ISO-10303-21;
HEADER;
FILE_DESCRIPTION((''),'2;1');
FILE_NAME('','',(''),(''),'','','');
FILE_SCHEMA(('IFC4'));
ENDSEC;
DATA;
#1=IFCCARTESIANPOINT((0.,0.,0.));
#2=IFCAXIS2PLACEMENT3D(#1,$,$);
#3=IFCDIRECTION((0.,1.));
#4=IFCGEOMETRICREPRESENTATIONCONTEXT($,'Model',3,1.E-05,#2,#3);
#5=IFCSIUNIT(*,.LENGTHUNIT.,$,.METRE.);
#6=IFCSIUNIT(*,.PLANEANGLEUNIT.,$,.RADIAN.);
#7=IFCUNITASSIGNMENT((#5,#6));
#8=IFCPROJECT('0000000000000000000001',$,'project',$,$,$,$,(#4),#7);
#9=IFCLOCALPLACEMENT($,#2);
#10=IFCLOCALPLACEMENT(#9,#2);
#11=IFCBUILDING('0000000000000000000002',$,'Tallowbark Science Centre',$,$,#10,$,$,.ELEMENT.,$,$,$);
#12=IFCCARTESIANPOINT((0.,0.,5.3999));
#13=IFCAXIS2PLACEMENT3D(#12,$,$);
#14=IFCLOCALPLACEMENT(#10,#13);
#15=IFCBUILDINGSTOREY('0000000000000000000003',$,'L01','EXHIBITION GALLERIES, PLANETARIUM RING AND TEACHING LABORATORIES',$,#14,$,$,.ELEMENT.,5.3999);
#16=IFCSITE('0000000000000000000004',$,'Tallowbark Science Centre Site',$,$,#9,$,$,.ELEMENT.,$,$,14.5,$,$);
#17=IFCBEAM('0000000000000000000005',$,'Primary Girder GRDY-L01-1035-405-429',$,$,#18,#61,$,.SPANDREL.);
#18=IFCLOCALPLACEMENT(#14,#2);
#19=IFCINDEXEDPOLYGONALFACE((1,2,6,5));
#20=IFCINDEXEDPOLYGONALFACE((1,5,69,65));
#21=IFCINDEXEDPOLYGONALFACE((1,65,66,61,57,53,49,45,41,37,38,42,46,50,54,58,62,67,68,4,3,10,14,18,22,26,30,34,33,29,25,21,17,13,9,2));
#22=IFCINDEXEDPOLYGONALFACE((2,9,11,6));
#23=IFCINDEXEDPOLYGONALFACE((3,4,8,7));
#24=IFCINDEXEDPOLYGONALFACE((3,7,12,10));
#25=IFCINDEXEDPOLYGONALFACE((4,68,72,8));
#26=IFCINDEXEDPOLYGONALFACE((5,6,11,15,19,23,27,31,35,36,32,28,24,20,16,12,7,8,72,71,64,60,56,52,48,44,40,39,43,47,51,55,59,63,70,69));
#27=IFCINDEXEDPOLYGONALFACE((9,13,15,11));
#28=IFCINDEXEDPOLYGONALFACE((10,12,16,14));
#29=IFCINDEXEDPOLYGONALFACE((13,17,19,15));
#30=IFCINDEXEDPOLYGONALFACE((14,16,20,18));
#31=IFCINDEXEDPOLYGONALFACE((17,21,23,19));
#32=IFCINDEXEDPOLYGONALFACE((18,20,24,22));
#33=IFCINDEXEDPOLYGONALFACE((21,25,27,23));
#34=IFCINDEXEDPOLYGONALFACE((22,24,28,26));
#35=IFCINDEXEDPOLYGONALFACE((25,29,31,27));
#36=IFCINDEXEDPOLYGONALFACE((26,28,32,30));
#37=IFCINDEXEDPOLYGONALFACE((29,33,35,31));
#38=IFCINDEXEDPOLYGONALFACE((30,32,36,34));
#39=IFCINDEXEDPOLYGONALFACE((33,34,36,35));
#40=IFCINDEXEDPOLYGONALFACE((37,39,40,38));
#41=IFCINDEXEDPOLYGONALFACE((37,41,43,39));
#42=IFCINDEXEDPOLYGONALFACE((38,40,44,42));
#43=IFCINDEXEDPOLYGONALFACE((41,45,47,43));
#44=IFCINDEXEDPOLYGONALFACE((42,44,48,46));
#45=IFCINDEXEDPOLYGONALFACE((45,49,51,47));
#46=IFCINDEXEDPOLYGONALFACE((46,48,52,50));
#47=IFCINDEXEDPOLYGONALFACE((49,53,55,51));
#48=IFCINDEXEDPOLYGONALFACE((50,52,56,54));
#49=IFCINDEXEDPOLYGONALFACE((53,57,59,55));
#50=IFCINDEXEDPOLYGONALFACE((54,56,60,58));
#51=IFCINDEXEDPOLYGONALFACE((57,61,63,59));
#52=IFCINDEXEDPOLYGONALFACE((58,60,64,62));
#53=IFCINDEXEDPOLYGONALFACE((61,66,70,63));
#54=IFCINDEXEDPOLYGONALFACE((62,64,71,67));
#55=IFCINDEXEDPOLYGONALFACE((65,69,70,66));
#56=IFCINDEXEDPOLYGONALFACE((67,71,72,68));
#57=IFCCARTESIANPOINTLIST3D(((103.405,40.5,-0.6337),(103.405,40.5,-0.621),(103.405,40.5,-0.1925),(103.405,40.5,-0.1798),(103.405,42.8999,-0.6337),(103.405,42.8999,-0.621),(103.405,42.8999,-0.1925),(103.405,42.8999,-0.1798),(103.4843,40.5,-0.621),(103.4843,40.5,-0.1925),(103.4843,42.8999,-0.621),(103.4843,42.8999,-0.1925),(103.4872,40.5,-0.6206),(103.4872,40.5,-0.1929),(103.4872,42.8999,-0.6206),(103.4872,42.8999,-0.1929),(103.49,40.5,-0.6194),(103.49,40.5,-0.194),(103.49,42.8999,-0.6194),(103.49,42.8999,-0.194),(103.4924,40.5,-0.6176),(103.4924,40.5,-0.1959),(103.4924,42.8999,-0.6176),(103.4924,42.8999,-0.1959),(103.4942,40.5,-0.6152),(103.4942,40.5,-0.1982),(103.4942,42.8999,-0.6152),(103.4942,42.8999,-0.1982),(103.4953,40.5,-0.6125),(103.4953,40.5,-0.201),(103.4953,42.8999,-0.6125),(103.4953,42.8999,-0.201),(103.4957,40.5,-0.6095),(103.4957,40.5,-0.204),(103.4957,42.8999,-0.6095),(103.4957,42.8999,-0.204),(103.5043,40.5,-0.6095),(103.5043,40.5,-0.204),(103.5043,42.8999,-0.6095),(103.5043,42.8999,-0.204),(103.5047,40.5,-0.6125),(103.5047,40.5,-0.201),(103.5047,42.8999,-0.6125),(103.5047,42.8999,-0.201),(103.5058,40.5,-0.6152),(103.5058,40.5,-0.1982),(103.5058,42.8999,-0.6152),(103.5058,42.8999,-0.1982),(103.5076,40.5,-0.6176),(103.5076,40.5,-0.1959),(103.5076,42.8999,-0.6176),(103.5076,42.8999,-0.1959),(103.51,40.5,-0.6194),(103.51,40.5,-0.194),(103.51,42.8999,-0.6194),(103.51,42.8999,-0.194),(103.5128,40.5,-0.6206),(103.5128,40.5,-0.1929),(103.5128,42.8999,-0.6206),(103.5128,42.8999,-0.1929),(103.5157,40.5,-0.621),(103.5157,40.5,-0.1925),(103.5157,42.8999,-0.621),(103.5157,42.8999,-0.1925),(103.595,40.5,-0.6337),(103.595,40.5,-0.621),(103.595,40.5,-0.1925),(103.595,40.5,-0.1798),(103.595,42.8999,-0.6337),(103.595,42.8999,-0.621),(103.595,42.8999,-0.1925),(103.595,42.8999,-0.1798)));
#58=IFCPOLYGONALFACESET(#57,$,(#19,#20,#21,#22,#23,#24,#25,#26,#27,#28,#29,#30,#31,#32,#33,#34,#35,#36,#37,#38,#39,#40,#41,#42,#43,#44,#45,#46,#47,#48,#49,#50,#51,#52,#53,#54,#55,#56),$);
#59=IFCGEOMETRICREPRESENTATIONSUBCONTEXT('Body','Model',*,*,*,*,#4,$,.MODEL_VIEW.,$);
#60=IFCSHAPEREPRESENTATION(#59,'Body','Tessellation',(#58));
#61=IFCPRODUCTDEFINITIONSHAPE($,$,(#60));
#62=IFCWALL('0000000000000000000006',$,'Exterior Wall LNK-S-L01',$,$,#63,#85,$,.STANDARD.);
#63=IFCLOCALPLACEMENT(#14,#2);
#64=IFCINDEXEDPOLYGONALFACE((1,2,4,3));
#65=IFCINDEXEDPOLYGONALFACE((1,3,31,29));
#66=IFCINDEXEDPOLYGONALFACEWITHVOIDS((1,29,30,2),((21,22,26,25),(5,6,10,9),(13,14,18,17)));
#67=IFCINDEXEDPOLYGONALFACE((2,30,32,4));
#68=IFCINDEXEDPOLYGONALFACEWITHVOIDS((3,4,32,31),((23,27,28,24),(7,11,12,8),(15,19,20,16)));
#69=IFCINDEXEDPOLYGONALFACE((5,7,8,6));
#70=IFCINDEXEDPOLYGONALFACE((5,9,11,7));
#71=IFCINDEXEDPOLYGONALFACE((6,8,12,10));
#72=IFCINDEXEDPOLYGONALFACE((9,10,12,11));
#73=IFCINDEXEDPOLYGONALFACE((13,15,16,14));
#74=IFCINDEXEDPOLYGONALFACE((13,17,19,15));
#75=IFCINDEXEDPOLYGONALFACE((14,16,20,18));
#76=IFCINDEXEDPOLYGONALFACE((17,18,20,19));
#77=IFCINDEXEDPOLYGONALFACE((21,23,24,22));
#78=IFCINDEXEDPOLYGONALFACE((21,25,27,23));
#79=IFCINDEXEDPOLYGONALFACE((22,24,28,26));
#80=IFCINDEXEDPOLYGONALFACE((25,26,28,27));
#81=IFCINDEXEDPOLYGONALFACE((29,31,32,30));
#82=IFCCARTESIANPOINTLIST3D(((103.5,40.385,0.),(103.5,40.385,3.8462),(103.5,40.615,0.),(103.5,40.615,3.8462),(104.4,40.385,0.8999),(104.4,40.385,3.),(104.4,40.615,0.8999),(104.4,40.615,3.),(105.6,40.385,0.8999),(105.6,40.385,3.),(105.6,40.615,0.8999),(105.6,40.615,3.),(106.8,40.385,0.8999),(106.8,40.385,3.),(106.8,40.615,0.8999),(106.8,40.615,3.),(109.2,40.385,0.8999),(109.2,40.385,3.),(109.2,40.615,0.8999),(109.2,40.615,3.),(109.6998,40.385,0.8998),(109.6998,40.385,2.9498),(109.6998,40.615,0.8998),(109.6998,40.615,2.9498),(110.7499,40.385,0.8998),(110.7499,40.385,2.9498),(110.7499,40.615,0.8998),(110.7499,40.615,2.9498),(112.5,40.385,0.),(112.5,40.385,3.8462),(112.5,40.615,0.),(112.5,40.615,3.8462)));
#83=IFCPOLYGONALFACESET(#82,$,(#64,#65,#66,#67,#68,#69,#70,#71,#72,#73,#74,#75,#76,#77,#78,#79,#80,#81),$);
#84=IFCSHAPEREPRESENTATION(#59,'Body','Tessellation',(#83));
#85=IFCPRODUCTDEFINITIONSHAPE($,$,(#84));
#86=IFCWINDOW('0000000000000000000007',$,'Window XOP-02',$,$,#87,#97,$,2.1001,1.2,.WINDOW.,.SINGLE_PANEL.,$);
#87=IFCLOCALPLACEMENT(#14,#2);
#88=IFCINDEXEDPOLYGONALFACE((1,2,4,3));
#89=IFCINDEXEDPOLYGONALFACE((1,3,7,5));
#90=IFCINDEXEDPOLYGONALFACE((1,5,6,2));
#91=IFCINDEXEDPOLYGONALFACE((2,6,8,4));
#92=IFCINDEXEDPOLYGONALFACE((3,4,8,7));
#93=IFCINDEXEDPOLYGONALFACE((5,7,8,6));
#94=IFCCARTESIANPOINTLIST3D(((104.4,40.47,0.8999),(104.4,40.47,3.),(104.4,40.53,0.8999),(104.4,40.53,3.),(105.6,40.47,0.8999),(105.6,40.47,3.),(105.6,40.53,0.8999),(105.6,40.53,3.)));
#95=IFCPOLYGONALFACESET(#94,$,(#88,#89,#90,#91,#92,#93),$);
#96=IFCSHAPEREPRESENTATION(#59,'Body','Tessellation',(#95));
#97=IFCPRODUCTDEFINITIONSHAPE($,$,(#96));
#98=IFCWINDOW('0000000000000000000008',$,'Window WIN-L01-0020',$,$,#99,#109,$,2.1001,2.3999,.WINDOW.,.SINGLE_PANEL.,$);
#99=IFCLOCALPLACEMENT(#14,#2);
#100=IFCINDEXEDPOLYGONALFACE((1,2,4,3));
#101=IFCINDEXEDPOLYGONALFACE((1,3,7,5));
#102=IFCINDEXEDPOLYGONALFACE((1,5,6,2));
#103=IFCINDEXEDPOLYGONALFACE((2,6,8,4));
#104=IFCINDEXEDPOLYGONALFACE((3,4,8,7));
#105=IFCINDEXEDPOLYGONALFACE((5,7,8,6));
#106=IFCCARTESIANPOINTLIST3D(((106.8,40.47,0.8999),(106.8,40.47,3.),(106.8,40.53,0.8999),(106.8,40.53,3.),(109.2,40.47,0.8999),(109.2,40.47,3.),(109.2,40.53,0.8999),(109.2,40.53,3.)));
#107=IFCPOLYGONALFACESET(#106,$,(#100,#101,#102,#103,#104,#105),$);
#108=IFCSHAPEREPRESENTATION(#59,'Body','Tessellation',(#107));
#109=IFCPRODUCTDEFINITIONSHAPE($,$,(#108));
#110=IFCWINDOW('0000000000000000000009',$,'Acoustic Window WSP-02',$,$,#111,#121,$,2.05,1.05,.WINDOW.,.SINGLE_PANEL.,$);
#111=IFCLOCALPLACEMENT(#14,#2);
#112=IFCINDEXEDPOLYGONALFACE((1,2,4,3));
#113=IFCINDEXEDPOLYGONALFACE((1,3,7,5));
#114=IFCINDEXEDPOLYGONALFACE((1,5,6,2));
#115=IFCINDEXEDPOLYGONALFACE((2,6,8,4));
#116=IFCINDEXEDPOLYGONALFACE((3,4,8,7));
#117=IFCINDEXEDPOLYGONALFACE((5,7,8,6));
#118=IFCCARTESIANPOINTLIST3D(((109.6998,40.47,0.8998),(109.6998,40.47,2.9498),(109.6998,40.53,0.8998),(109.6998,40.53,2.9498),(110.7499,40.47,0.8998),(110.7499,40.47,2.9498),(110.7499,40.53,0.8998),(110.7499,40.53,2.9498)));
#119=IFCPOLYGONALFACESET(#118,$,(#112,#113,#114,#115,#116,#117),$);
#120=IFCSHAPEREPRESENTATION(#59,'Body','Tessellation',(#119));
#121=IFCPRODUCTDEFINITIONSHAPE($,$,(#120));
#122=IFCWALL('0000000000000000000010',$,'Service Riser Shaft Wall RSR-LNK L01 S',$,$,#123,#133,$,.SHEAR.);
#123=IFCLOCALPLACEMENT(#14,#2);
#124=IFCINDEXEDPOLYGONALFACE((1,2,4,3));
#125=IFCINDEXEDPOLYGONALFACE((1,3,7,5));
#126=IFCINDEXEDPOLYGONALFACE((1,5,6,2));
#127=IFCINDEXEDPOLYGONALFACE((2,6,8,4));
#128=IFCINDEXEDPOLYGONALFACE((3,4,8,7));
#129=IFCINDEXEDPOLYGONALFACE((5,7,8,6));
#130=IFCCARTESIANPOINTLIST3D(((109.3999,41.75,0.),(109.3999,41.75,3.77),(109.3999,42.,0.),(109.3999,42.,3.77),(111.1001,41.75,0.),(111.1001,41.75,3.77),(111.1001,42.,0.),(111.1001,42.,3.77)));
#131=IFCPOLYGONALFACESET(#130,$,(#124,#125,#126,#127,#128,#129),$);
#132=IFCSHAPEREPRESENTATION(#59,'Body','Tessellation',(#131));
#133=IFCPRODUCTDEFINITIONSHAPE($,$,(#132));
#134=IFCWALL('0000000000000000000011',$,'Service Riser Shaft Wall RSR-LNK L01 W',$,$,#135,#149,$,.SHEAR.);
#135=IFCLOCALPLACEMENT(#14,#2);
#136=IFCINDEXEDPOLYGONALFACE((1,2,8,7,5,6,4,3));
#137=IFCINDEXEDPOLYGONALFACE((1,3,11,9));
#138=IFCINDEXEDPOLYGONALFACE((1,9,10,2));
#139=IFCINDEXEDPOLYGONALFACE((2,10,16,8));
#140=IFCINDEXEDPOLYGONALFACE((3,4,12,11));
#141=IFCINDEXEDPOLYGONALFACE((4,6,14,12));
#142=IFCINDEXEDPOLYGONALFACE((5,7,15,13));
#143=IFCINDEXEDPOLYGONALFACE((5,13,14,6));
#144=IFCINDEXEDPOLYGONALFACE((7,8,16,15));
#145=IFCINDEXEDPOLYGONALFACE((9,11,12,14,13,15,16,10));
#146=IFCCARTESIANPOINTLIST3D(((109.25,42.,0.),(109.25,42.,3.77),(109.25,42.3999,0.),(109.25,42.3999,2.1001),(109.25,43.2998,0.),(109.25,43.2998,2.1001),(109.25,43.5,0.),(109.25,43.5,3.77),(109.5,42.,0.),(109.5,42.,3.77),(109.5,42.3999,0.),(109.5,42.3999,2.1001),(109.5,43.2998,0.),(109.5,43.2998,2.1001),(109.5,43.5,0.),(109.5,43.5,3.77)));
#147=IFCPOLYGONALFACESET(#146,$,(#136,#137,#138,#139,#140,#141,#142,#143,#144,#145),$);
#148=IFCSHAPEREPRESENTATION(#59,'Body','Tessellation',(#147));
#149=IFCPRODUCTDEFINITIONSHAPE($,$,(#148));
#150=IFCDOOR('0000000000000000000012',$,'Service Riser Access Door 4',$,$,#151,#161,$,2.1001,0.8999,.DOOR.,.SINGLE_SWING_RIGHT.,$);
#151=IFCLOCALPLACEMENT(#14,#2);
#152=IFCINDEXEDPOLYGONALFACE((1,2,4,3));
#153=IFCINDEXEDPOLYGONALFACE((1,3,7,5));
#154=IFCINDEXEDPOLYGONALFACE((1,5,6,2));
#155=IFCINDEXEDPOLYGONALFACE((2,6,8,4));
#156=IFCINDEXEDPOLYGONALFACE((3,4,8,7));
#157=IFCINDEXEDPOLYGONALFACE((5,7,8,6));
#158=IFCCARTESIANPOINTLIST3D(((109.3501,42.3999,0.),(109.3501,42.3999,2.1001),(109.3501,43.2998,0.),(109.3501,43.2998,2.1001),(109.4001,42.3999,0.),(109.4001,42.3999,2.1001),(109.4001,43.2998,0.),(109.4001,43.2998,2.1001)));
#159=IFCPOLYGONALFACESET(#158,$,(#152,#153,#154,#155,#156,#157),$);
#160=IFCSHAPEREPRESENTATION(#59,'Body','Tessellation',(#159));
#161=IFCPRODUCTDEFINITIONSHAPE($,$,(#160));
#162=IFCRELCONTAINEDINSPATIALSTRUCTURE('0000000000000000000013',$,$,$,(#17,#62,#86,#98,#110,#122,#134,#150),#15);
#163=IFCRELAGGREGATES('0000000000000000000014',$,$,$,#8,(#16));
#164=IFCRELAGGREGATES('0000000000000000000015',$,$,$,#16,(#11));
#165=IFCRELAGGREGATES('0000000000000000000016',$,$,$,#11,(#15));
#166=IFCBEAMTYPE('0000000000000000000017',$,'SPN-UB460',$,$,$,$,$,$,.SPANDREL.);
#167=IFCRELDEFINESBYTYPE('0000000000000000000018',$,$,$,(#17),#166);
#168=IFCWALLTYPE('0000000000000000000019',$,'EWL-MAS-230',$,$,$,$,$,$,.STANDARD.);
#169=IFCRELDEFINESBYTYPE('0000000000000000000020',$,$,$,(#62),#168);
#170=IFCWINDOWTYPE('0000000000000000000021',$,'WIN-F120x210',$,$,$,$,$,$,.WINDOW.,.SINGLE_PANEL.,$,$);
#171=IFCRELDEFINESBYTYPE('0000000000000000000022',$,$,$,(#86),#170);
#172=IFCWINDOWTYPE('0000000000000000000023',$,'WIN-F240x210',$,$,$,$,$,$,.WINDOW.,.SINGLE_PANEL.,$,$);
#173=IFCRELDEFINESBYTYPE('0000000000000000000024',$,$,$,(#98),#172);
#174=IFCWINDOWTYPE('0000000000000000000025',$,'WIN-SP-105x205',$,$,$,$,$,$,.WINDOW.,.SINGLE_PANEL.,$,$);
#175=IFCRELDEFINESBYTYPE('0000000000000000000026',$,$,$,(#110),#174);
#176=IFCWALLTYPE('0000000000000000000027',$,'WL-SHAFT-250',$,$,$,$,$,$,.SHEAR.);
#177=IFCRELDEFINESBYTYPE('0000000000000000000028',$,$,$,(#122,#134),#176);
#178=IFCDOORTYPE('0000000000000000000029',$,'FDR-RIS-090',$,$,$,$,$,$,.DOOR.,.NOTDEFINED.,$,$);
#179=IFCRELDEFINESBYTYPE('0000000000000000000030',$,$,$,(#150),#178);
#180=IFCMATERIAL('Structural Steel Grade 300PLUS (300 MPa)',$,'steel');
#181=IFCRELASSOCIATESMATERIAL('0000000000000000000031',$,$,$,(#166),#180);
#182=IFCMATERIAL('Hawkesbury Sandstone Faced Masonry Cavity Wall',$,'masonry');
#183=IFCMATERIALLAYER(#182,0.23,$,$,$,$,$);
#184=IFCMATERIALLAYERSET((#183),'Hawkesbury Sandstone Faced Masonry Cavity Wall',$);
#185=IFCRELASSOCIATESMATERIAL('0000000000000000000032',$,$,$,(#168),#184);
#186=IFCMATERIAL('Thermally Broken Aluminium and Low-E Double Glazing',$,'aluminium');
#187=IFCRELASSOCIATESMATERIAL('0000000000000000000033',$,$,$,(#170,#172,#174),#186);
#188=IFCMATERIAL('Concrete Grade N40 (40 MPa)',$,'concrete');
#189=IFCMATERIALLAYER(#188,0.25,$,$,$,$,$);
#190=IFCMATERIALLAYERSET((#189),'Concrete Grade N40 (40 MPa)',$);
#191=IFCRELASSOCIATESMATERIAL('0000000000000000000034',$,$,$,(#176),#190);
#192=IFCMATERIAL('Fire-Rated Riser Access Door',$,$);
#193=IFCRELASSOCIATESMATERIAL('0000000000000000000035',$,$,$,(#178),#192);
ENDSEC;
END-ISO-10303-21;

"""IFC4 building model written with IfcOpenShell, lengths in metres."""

from ifc_helpers import new_model, si_unit, direction, frame, frame_2d, origin, origin_2d, place, context, subcontext, project, spatial, rectangle, i_section, extrude, material, layer, layer_set, material_profile, profile_set, type_object, element, fill, save


model = new_model("IFC4")

# Units and contexts
model_context = context("Model", 3, precision=1e-05, world=origin(), true_north=direction((0.0, 1.0)))
body_context = subcontext(model_context, "Body", "Model", "MODEL_VIEW")
ifc_project = project(units=[si_unit("LENGTHUNIT", "METRE"), si_unit("PLANEANGLEUNIT", "RADIAN")], contexts=[model_context])

# Site, building, storey
site_placement = place(None, origin())
site = spatial("IfcSite", under=ifc_project, at=site_placement, Name="Tallowbark Science Centre Site", CompositionType="ELEMENT", RefElevation=14.5)
building_placement = place(site_placement, origin())
building = spatial("IfcBuilding", under=site, at=building_placement, Name="Tallowbark Science Centre", CompositionType="ELEMENT")
storey_placement = place(building_placement, frame((0.0, 0.0, 5.3999)))
storey = spatial("IfcBuildingStorey", under=building, at=storey_placement, Name="L01", Description="EXHIBITION GALLERIES, PLANETARIUM RING AND TEACHING LABORATORIES", CompositionType="ELEMENT", Elevation=5.3999)

# Shared definitions
ifc_material_1 = material(Name="Structural Steel Grade 300PLUS (300 MPa)", Category="steel")

# Beam
ifc_material_profile_1 = material_profile(ifc_material_1, i_section(OverallWidth=0.1899, OverallDepth=0.4539, WebThickness=0.0085, FlangeThickness=0.0127, FilletRadius=0.0115, at=origin_2d()), Name="460UB67.1")
ifc_profile_set_1 = profile_set([ifc_material_profile_1], Name="Structural Steel Grade 300PLUS (300 MPa)")
beam_type_1 = type_object("IfcBeamType", Name="SPN-UB460", PredefinedType="SPANDREL", material=ifc_profile_set_1)
beam_1_placement = place(storey_placement, frame((103.5, 40.5, -0.4067), z_axis=(0.0, 1.0, 0.0), x_axis=(-1.0, 0.0, 0.0)))
element("IfcBeam", 1, at=beam_1_placement, inside=storey, type_object=beam_type_1, Name="Primary Girder GRDY-L01-1035-405-429", PredefinedType="SPANDREL", context=body_context, shape_type="SweptSolid", body=[
    extrude(i_section(OverallWidth=0.1899, OverallDepth=0.4539, WebThickness=0.0085, FlangeThickness=0.0127, FilletRadius=0.0115, at=origin_2d()), origin(), (0.0, 0.0, 1.0), 2.3999),
])

# Wall, openings, windows
ifc_material_2 = material(Name="Hawkesbury Sandstone Faced Masonry Cavity Wall", Category="masonry")
ifc_layer_1 = layer(ifc_material_2, 0.23)
ifc_layer_set_1 = layer_set([ifc_layer_1], Name="Hawkesbury Sandstone Faced Masonry Cavity Wall")
wall_type_1 = type_object("IfcWallType", Name="EWL-MAS-230", PredefinedType="STANDARD", material=ifc_layer_set_1)
wall_1_placement = place(storey_placement, frame((103.5, 40.5, 0.0), z_axis=(0.0, 0.0, 1.0), x_axis=(1.0, 0.0, 0.0)))
wall_1 = element("IfcWall", 2, at=wall_1_placement, inside=storey, type_object=wall_type_1, Name="Exterior Wall LNK-S-L01", PredefinedType="STANDARD", context=body_context, shape_type="SweptSolid", body=[
    extrude(rectangle(XDim=9.0, YDim=0.23, at=frame_2d((4.5, 0.0))), origin(), (0.0, 0.0, 1.0), 3.8462),
])
opening_1_placement = place(wall_1_placement, frame((3.3, 0.0, 0.8999)))
opening_1 = element("IfcOpeningElement", 3, at=opening_1_placement, cuts=wall_1, PredefinedType="OPENING", context=body_context, shape_type="SweptSolid", body=[
    extrude(rectangle(XDim=2.3999, YDim=2.1001, at=frame_2d((1.2, 1.05))), frame((0.0, 0.125, 0.0), z_axis=(0.0, -1.0, 0.0), x_axis=(1.0, 0.0, 0.0)), (0.0, 0.0, 1.0), 0.25),
])
opening_2_placement = place(wall_1_placement, frame((0.8999, 0.0, 0.8999)))
opening_2 = element("IfcOpeningElement", 4, at=opening_2_placement, cuts=wall_1, PredefinedType="OPENING", context=body_context, shape_type="SweptSolid", body=[
    extrude(rectangle(XDim=1.2, YDim=2.1001, at=frame_2d((0.6001, 1.05))), frame((0.0, 0.125, 0.0), z_axis=(0.0, -1.0, 0.0), x_axis=(1.0, 0.0, 0.0)), (0.0, 0.0, 1.0), 0.25),
])
opening_3_placement = place(wall_1_placement, frame((6.2, 0.0, 0.8999)))
opening_3 = element("IfcOpeningElement", 5, at=opening_3_placement, cuts=wall_1, PredefinedType="OPENING", context=body_context, shape_type="SweptSolid", body=[
    extrude(rectangle(XDim=1.05, YDim=2.05, at=frame_2d((0.5249, 1.0249))), frame((0.0, 0.125, 0.0), z_axis=(0.0, -1.0, 0.0), x_axis=(1.0, 0.0, 0.0)), (0.0, 0.0, 1.0), 0.25),
])
ifc_material_3 = material(Name="Thermally Broken Aluminium and Low-E Double Glazing", Category="aluminium")
window_type_1 = type_object("IfcWindowType", Name="WIN-F120x210", PartitioningType="SINGLE_PANEL", PredefinedType="WINDOW", material=ifc_material_3)
window_1_placement = place(opening_2_placement, origin())
window_1 = element("IfcWindow", 6, at=window_1_placement, inside=storey, type_object=window_type_1, Name="Window XOP-02", OverallHeight=2.1001, OverallWidth=1.2, PartitioningType="SINGLE_PANEL", PredefinedType="WINDOW", context=body_context, shape_type="SweptSolid", body=[
    extrude(rectangle(XDim=1.2, YDim=2.1001, at=frame_2d((0.6001, 1.05))), frame((0.0, 0.03, 0.0), z_axis=(0.0, -1.0, 0.0), x_axis=(1.0, 0.0, 0.0)), (0.0, 0.0, 1.0), 0.0601),
])
fill(opening_2, window_1)
window_type_2 = type_object("IfcWindowType", Name="WIN-F240x210", PartitioningType="SINGLE_PANEL", PredefinedType="WINDOW", material=ifc_material_3)
window_2_placement = place(opening_1_placement, origin())
window_2 = element("IfcWindow", 7, at=window_2_placement, inside=storey, type_object=window_type_2, Name="Window WIN-L01-0020", OverallHeight=2.1001, OverallWidth=2.3999, PartitioningType="SINGLE_PANEL", PredefinedType="WINDOW", context=body_context, shape_type="SweptSolid", body=[
    extrude(rectangle(XDim=2.3999, YDim=2.1001, at=frame_2d((1.2, 1.05))), frame((0.0, 0.03, 0.0), z_axis=(0.0, -1.0, 0.0), x_axis=(1.0, 0.0, 0.0)), (0.0, 0.0, 1.0), 0.0601),
])
fill(opening_1, window_2)
window_type_3 = type_object("IfcWindowType", Name="WIN-SP-105x205", PartitioningType="SINGLE_PANEL", PredefinedType="WINDOW", material=ifc_material_3)
window_3_placement = place(opening_3_placement, origin())
window_3 = element("IfcWindow", 8, at=window_3_placement, inside=storey, type_object=window_type_3, Name="Acoustic Window WSP-02", OverallHeight=2.05, OverallWidth=1.05, PartitioningType="SINGLE_PANEL", PredefinedType="WINDOW", context=body_context, shape_type="SweptSolid", body=[
    extrude(rectangle(XDim=1.05, YDim=2.05, at=frame_2d((0.5249, 1.0249))), frame((0.0, 0.03, 0.0), z_axis=(0.0, -1.0, 0.0), x_axis=(1.0, 0.0, 0.0)), (0.0, 0.0, 1.0), 0.0601),
])
fill(opening_3, window_3)

# Wall
ifc_material_4 = material(Name="Concrete Grade N40 (40 MPa)", Category="concrete")
ifc_layer_2 = layer(ifc_material_4, 0.25)
ifc_layer_set_2 = layer_set([ifc_layer_2], Name="Concrete Grade N40 (40 MPa)")
wall_type_2 = type_object("IfcWallType", Name="WL-SHAFT-250", PredefinedType="SHEAR", material=ifc_layer_set_2)
wall_2_placement = place(storey_placement, frame((109.3999, 41.875, 0.0), z_axis=(0.0, 0.0, 1.0), x_axis=(1.0, 0.0, 0.0)))
element("IfcWall", 9, at=wall_2_placement, inside=storey, type_object=wall_type_2, Name="Service Riser Shaft Wall RSR-LNK L01 S", PredefinedType="SHEAR", context=body_context, shape_type="SweptSolid", body=[
    extrude(rectangle(XDim=1.7002, YDim=0.25, at=frame_2d((0.8501, 0.0))), origin(), (0.0, 0.0, 1.0), 3.77),
])

# Wall, opening, door
wall_3_placement = place(storey_placement, frame((109.375, 42.0, 0.0), z_axis=(0.0, 0.0, 1.0), x_axis=(0.0, 1.0, 0.0)))
wall_3 = element("IfcWall", 10, at=wall_3_placement, inside=storey, type_object=wall_type_2, Name="Service Riser Shaft Wall RSR-LNK L01 W", PredefinedType="SHEAR", context=body_context, shape_type="SweptSolid", body=[
    extrude(rectangle(XDim=1.5, YDim=0.25, at=frame_2d((0.75, 0.0))), origin(), (0.0, 0.0, 1.0), 3.77),
])
opening_4_placement = place(wall_3_placement, frame((0.3999, 0.0, 0.0)))
opening_4 = element("IfcOpeningElement", 11, at=opening_4_placement, cuts=wall_3, PredefinedType="OPENING", context=body_context, shape_type="SweptSolid", body=[
    extrude(rectangle(XDim=0.8999, YDim=2.1001, at=frame_2d((0.45, 1.05))), frame((0.0, 0.135, 0.0), z_axis=(0.0, -1.0, 0.0), x_axis=(1.0, 0.0, 0.0)), (0.0, 0.0, 1.0), 0.27),
])
ifc_material_5 = material(Name="Fire-Rated Riser Access Door")
door_type = type_object("IfcDoorType", Name="FDR-RIS-090", OperationType="NOTDEFINED", PredefinedType="DOOR", material=ifc_material_5)
door_placement = place(opening_4_placement, origin())
door = element("IfcDoor", 12, at=door_placement, inside=storey, type_object=door_type, Name="Service Riser Access Door 4", OperationType="SINGLE_SWING_RIGHT", OverallHeight=2.1001, OverallWidth=0.8999, PredefinedType="DOOR", context=body_context, shape_type="SweptSolid", body=[
    extrude(rectangle(XDim=0.8999, YDim=2.1001, at=frame_2d((0.45, 1.05))), frame((0.0, 0.0249, 0.0), z_axis=(0.0, -1.0, 0.0), x_axis=(1.0, 0.0, 0.0)), (0.0, 0.0, 1.0), 0.05),
])
fill(opening_4, door)

save(model, "model.ifc")
